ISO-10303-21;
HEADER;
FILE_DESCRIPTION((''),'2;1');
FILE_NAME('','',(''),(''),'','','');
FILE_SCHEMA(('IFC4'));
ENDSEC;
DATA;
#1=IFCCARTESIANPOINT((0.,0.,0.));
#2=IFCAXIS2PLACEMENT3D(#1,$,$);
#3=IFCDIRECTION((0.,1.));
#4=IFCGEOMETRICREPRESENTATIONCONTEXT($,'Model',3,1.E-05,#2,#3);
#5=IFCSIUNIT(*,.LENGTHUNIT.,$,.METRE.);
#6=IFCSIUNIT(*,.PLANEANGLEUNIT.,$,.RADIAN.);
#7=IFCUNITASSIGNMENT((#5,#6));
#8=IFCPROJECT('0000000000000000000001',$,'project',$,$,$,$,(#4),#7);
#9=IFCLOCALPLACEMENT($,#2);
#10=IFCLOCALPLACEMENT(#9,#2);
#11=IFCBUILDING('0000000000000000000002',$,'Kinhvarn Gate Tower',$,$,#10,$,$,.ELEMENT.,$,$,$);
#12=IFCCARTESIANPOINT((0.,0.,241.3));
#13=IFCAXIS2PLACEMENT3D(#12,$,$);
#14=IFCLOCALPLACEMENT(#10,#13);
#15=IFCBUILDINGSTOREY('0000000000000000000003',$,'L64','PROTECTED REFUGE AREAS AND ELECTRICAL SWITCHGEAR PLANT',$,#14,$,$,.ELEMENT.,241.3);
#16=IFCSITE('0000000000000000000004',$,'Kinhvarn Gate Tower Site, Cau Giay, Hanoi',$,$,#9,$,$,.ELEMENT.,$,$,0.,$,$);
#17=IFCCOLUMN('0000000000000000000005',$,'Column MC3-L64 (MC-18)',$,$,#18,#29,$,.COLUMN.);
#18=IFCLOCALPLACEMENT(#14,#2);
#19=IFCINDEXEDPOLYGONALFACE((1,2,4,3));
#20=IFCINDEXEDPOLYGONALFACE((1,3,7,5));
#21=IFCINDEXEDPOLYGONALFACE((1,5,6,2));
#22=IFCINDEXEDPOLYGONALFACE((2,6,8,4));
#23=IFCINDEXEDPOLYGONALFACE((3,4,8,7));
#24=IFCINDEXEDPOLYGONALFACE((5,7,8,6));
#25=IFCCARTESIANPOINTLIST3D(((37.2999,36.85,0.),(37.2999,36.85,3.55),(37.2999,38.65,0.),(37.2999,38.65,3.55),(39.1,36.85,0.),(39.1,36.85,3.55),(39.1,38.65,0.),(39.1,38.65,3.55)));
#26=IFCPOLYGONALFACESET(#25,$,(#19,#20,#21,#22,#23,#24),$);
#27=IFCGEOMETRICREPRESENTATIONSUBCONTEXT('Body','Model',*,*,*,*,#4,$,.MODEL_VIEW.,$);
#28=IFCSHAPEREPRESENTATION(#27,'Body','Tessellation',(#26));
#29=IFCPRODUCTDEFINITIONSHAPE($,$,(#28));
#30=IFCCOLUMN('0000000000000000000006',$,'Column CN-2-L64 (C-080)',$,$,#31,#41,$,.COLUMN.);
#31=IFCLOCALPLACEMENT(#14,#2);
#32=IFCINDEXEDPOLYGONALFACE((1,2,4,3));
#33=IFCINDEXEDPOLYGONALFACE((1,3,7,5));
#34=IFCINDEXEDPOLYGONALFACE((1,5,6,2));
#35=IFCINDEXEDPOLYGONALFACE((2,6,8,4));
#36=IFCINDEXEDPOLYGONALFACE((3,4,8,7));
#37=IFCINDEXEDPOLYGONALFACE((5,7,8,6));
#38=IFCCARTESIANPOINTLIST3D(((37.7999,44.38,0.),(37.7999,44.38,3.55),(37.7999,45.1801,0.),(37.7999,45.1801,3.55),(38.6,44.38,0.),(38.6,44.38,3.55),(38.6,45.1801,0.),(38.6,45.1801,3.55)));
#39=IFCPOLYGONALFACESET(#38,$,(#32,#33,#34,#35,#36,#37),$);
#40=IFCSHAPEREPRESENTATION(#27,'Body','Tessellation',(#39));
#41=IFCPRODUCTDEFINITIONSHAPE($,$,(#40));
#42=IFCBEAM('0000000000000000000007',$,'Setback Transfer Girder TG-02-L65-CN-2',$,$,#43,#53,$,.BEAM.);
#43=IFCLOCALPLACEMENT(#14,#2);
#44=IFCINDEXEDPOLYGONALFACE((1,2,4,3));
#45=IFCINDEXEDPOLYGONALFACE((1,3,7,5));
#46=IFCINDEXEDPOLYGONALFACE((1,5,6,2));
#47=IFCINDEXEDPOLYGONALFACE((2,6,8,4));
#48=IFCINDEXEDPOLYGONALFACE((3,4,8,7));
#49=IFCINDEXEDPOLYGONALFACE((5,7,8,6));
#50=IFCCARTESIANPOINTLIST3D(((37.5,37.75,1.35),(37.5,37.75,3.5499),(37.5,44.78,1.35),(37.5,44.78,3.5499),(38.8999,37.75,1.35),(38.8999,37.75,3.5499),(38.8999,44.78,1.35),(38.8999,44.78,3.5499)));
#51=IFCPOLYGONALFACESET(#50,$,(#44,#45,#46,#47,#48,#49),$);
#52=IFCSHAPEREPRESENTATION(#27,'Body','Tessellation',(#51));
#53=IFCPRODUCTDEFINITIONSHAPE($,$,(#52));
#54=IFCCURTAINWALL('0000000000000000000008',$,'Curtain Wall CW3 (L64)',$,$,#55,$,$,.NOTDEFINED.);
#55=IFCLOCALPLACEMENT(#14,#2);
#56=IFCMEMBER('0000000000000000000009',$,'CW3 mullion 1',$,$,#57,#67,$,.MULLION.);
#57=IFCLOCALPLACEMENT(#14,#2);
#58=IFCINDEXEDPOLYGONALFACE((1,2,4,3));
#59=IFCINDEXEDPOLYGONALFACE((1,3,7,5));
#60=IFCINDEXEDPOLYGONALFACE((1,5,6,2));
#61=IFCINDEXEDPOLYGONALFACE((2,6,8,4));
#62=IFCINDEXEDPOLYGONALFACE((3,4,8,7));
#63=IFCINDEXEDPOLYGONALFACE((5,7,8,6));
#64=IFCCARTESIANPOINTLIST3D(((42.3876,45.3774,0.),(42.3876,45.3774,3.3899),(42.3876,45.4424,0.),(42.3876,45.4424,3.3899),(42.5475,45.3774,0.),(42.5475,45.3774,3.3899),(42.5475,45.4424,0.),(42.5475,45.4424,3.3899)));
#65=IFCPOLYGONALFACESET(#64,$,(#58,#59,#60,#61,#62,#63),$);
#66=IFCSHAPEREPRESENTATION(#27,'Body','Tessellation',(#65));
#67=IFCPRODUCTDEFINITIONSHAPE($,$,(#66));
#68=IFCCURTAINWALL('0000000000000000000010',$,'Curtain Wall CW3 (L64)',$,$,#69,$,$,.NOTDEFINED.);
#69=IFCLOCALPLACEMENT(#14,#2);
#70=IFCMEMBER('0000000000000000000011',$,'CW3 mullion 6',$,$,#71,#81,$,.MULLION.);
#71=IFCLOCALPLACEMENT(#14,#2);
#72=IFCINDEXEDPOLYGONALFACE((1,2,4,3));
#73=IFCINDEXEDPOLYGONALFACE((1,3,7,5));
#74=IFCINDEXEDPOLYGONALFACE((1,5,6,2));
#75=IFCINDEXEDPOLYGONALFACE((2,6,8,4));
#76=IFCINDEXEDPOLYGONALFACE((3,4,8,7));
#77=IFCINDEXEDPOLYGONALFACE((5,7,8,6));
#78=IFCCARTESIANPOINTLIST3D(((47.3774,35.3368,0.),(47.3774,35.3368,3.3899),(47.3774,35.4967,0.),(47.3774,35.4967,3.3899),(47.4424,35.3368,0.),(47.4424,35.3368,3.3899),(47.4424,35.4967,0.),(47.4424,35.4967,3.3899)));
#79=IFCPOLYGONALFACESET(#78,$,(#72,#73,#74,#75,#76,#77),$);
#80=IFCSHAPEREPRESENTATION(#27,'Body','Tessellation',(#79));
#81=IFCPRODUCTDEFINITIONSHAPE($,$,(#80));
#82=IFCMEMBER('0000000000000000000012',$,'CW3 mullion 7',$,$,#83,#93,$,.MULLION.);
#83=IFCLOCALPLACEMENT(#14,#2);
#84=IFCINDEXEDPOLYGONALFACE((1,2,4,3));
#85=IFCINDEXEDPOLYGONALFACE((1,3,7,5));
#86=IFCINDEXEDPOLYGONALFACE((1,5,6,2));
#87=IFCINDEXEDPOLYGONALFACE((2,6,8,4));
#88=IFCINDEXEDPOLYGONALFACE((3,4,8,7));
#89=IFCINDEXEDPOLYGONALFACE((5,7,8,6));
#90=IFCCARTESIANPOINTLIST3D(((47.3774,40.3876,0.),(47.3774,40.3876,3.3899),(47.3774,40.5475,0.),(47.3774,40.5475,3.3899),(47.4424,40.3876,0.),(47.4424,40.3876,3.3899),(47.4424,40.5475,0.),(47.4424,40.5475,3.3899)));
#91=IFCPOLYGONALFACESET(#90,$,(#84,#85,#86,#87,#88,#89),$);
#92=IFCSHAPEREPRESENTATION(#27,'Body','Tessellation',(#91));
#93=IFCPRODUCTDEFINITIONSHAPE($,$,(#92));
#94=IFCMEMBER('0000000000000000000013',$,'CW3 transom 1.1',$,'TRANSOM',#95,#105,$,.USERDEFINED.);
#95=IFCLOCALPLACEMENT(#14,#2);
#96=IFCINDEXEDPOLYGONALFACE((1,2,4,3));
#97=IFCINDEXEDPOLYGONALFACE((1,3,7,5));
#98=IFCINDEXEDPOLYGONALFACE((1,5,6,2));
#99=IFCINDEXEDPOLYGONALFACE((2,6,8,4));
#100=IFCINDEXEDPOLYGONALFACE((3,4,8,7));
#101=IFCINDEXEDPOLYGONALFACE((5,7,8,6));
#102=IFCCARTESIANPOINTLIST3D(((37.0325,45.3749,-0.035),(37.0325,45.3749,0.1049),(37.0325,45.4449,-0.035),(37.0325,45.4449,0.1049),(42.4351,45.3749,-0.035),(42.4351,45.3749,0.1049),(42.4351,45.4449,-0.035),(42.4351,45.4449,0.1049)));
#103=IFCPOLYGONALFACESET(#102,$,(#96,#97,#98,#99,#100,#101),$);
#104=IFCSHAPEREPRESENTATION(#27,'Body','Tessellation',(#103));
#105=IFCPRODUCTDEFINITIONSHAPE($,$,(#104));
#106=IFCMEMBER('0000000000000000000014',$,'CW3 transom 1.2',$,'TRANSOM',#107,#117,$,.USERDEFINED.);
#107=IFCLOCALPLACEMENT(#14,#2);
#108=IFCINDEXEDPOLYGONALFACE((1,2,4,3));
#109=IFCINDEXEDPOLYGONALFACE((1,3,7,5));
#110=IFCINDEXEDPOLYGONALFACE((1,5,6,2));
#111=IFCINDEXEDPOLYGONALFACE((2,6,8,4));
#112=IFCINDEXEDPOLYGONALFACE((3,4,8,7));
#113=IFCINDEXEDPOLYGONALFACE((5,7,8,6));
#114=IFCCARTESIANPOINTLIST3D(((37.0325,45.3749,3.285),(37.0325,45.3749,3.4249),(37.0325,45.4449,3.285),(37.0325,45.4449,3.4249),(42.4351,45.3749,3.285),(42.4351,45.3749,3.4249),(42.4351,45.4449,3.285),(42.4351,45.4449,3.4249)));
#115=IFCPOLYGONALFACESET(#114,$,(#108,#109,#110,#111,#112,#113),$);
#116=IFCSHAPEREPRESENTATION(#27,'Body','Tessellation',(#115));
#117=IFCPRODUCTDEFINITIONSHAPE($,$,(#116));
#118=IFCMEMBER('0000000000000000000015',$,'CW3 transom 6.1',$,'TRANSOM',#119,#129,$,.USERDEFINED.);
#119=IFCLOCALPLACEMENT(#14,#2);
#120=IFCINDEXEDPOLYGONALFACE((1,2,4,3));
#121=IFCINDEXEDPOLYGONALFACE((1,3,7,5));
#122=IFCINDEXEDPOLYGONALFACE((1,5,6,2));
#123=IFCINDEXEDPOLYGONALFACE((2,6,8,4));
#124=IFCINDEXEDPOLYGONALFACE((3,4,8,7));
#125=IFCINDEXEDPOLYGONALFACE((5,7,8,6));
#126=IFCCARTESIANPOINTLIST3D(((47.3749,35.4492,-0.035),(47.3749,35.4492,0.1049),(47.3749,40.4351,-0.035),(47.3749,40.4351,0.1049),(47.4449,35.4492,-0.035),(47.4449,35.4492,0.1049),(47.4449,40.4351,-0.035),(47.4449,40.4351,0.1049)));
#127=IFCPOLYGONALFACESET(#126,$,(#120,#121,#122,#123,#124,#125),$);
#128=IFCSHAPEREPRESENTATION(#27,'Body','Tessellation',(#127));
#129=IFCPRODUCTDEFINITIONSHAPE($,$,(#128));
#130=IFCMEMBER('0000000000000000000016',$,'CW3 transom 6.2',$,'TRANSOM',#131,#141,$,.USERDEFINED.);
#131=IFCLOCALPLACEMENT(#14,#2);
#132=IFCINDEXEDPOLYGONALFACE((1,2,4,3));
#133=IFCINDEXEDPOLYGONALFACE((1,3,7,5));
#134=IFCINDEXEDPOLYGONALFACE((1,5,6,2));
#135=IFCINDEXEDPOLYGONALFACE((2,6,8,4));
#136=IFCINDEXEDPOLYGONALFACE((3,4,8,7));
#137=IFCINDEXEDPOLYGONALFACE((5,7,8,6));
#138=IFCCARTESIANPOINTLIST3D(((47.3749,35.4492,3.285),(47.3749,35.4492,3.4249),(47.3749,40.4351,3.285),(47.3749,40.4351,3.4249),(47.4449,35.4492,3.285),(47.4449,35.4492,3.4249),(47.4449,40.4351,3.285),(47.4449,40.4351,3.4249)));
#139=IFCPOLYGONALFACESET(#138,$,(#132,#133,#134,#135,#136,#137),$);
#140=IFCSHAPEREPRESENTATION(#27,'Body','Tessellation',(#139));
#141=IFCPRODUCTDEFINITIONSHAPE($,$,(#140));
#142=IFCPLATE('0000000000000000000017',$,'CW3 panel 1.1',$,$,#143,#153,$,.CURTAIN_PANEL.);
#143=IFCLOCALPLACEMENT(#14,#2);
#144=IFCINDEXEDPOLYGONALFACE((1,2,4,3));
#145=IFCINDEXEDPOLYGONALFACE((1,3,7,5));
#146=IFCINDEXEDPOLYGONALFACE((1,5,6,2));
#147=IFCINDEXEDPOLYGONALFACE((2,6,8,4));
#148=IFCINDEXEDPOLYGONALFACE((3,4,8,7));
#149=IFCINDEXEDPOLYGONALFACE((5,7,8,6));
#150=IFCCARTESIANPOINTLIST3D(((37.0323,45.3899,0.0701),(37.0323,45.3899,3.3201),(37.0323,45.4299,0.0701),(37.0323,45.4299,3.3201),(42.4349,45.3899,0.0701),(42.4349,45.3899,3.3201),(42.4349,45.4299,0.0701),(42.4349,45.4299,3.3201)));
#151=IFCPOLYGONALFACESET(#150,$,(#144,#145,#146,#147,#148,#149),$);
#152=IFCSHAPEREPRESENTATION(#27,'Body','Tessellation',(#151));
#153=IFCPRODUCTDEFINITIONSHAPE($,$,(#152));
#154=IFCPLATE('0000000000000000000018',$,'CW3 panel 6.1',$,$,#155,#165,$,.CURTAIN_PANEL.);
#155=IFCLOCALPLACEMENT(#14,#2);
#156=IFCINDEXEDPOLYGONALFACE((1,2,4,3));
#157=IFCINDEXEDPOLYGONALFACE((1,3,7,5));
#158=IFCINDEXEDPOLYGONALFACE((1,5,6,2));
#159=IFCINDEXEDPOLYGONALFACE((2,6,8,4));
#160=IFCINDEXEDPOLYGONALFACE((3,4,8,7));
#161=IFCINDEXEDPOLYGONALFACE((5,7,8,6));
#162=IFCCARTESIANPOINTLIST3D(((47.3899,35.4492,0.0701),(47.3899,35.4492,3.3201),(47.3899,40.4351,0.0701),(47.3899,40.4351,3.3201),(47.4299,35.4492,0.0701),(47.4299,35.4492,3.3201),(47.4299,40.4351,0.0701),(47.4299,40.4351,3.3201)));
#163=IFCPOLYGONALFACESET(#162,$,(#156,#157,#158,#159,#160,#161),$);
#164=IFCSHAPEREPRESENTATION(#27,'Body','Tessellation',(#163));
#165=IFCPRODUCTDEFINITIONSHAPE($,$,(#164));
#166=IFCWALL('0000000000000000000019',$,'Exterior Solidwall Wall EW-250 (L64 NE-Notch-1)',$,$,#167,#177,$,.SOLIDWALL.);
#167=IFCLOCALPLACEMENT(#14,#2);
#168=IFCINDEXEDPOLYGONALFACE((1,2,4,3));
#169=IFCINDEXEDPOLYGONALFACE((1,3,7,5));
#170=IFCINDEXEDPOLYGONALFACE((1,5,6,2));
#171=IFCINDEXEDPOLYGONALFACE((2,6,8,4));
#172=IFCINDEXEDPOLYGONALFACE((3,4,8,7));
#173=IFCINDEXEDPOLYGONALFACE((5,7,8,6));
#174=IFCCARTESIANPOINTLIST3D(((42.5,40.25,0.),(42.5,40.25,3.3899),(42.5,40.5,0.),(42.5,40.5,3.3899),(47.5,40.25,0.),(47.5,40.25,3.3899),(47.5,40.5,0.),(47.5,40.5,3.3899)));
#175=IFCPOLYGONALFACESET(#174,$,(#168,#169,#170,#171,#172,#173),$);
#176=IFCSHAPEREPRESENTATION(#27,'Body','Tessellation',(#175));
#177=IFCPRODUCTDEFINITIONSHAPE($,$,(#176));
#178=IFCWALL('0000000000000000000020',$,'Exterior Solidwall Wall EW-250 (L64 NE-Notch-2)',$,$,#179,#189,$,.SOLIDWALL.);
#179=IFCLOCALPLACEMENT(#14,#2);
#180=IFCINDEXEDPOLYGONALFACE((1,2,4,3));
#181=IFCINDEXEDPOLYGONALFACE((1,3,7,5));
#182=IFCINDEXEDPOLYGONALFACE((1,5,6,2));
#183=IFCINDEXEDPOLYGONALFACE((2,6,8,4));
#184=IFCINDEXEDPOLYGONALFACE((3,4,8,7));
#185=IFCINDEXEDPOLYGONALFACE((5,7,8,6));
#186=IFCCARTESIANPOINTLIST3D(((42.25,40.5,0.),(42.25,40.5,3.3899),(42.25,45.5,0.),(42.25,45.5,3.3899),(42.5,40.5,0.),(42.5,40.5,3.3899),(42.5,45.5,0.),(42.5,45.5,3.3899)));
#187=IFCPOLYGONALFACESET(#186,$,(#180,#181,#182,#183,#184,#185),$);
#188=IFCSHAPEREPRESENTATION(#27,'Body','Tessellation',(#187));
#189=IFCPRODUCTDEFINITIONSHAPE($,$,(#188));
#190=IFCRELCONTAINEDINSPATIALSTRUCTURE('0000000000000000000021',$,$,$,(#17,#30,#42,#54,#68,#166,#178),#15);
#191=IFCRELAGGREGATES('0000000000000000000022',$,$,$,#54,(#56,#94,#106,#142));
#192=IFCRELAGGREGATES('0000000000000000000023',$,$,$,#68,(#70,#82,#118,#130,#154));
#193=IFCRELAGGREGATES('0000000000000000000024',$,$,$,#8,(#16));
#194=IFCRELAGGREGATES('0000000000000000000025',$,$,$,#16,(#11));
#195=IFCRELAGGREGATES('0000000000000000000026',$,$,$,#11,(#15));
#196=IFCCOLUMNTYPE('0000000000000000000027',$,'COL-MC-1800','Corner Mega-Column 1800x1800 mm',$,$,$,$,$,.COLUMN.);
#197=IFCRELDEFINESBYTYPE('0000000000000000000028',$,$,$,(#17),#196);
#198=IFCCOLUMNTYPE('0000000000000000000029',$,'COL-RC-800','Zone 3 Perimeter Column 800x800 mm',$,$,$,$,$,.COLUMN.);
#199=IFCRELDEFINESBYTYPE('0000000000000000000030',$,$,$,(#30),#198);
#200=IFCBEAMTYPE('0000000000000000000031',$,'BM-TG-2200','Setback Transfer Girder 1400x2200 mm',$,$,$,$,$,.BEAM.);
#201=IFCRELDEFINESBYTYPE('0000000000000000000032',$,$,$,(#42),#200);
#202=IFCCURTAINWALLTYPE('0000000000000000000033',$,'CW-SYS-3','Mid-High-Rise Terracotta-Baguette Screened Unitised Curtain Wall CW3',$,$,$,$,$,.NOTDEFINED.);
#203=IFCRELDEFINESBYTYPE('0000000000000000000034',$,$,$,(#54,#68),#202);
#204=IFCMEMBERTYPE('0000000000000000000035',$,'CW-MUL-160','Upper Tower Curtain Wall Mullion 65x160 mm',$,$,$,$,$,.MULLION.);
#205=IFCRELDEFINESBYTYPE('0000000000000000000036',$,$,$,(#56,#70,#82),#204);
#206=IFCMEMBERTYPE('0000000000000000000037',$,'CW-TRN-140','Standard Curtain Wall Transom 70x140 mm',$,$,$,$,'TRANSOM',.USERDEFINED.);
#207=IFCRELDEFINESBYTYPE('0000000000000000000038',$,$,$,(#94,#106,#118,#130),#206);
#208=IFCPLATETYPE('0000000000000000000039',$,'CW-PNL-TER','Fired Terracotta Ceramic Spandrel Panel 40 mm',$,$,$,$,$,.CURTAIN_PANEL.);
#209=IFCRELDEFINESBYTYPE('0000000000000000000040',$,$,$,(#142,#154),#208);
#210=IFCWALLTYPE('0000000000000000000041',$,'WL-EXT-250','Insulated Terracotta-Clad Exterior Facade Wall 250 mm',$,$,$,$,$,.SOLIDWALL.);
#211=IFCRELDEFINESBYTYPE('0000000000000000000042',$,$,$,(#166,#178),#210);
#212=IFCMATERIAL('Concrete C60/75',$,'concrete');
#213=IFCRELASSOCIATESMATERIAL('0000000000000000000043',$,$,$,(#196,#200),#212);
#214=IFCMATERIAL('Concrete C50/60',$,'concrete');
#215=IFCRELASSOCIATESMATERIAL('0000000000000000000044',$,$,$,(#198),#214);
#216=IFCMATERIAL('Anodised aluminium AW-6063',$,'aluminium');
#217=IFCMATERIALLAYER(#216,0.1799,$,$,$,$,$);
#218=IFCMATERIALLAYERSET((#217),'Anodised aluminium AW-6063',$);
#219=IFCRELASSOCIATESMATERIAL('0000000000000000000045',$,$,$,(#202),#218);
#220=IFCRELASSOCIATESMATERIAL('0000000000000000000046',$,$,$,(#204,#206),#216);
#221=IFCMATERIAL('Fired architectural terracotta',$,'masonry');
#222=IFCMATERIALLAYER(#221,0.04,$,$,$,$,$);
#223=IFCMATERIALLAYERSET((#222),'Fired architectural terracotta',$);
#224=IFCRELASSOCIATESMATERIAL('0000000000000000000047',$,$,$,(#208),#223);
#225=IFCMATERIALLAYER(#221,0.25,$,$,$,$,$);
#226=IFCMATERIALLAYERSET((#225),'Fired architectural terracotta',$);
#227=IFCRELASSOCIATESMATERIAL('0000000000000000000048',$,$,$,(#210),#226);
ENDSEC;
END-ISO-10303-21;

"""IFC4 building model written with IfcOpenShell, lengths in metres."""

from ifc_helpers import new_model, si_unit, direction, frame, frame_2d, origin, origin_2d, place, context, subcontext, project, spatial, rectangle, extrude, material, layer, layer_set, material_profile, profile_set, type_object, element, aggregate, save


model = new_model("IFC4")

# Units and contexts
model_context = context("Model", 3, precision=1e-05, world=origin(), true_north=direction((0.0, 1.0)))
body_context = subcontext(model_context, "Body", "Model", "MODEL_VIEW")
ifc_project = project(units=[si_unit("LENGTHUNIT", "METRE"), si_unit("PLANEANGLEUNIT", "RADIAN")], contexts=[model_context])

# Site, building, storey
site_placement = place(None, origin())
site = spatial("IfcSite", under=ifc_project, at=site_placement, Name="Kinhvarn Gate Tower Site, Cau Giay, Hanoi", CompositionType="ELEMENT", RefElevation=0.0)
building_placement = place(site_placement, origin())
building = spatial("IfcBuilding", under=site, at=building_placement, Name="Kinhvarn Gate Tower", CompositionType="ELEMENT")
storey_placement = place(building_placement, frame((0.0, 0.0, 241.3)))
storey = spatial("IfcBuildingStorey", under=building, at=storey_placement, Name="L64", Description="PROTECTED REFUGE AREAS AND ELECTRICAL SWITCHGEAR PLANT", CompositionType="ELEMENT", Elevation=241.3)

# Columns
ifc_material_1 = material(Name="Concrete C60/75", Category="concrete")
ifc_material_profile_1 = material_profile(ifc_material_1, rectangle(XDim=1.8, YDim=1.8, at=origin_2d()), Name="RC 1800x1800")
ifc_profile_set_1 = profile_set([ifc_material_profile_1], Name="Concrete C60/75")
column_type_1 = type_object("IfcColumnType", Name="COL-MC-1800", Description="Corner Mega-Column 1800x1800 mm", PredefinedType="COLUMN", material=ifc_profile_set_1)
column_1_placement = place(storey_placement, frame((38.2, 37.75, 0.0), z_axis=(0.0, 0.0, 1.0), x_axis=(1.0, 0.0, 0.0)))
element("IfcColumn", 1, at=column_1_placement, inside=storey, type_object=column_type_1, Name="Column MC3-L64 (MC-18)", PredefinedType="COLUMN", context=body_context, shape_type="SweptSolid", body=[
    extrude(rectangle(XDim=1.8, YDim=1.8, at=origin_2d()), origin(), (0.0, 0.0, 1.0), 3.55),
])
ifc_material_2 = material(Name="Concrete C50/60", Category="concrete")
ifc_material_profile_2 = material_profile(ifc_material_2, rectangle(XDim=0.8, YDim=0.8, at=origin_2d()), Name="RC 800x800")
ifc_profile_set_2 = profile_set([ifc_material_profile_2], Name="Concrete C50/60")
column_type_2 = type_object("IfcColumnType", Name="COL-RC-800", Description="Zone 3 Perimeter Column 800x800 mm", PredefinedType="COLUMN", material=ifc_profile_set_2)
column_2_placement = place(storey_placement, frame((38.2, 44.78, 0.0), z_axis=(0.0, 0.0, 1.0), x_axis=(1.0, 0.0, 0.0)))
element("IfcColumn", 2, at=column_2_placement, inside=storey, type_object=column_type_2, Name="Column CN-2-L64 (C-080)", PredefinedType="COLUMN", context=body_context, shape_type="SweptSolid", body=[
    extrude(rectangle(XDim=0.8, YDim=0.8, at=origin_2d()), origin(), (0.0, 0.0, 1.0), 3.55),
])

# Beam
ifc_material_profile_3 = material_profile(ifc_material_1, rectangle(XDim=1.3999, YDim=2.2, at=origin_2d()), Name="RC 1400x2200")
ifc_profile_set_3 = profile_set([ifc_material_profile_3], Name="Concrete C60/75")
beam_type = type_object("IfcBeamType", Name="BM-TG-2200", Description="Setback Transfer Girder 1400x2200 mm", PredefinedType="BEAM", material=ifc_profile_set_3)
beam_placement = place(storey_placement, frame((38.2, 37.75, 2.45), z_axis=(0.0, 1.0, 0.0), x_axis=(-1.0, 0.0, 0.0)))
element("IfcBeam", 3, at=beam_placement, inside=storey, type_object=beam_type, Name="Setback Transfer Girder TG-02-L65-CN-2", PredefinedType="BEAM", context=body_context, shape_type="SweptSolid", body=[
    extrude(rectangle(XDim=1.3999, YDim=2.2, at=origin_2d()), origin(), (0.0, 0.0, 1.0), 7.03),
])

# Curtain wall, member
ifc_material_3 = material(Name="Anodised aluminium AW-6063", Category="aluminium")
ifc_layer_1 = layer(ifc_material_3, 0.1799)
ifc_layer_set_1 = layer_set([ifc_layer_1], Name="Anodised aluminium AW-6063")
curtain_wall_type = type_object("IfcCurtainWallType", Name="CW-SYS-3", Description="Mid-High-Rise Terracotta-Baguette Screened Unitised Curtain Wall CW3", PredefinedType="NOTDEFINED", material=ifc_layer_set_1)
curtain_wall_1_placement = place(storey_placement, origin())
curtain_wall_1 = element("IfcCurtainWall", 4, at=curtain_wall_1_placement, inside=storey, type_object=curtain_wall_type, Name="Curtain Wall CW3 (L64)", PredefinedType="NOTDEFINED")
ifc_material_profile_4 = material_profile(ifc_material_3, rectangle(XDim=0.0649, YDim=0.1599, at=origin_2d()), Name="ALU 65x160")
ifc_profile_set_4 = profile_set([ifc_material_profile_4], Name="Anodised aluminium AW-6063")
member_type_1 = type_object("IfcMemberType", Name="CW-MUL-160", Description="Upper Tower Curtain Wall Mullion 65x160 mm", PredefinedType="MULLION", material=ifc_profile_set_4)
member_1_placement = place(storey_placement, frame((42.4675, 45.4099, 0.0), z_axis=(0.0, 0.0, 1.0), x_axis=(0.0, -1.0, 0.0)))
member_1 = element("IfcMember", 5, at=member_1_placement, type_object=member_type_1, Name="CW3 mullion 1", PredefinedType="MULLION", context=body_context, shape_type="SweptSolid", body=[
    extrude(rectangle(XDim=0.0649, YDim=0.1599, at=origin_2d()), origin(), (0.0, 0.0, 1.0), 3.3899),
])

# Curtain wall, members
curtain_wall_2_placement = place(storey_placement, origin())
curtain_wall_2 = element("IfcCurtainWall", 6, at=curtain_wall_2_placement, inside=storey, type_object=curtain_wall_type, Name="Curtain Wall CW3 (L64)", PredefinedType="NOTDEFINED")
member_2_placement = place(storey_placement, frame((47.4099, 35.4167, 0.0), z_axis=(0.0, 0.0, 1.0), x_axis=(-1.0, 0.0, 0.0)))
member_2 = element("IfcMember", 7, at=member_2_placement, type_object=member_type_1, Name="CW3 mullion 6", PredefinedType="MULLION", context=body_context, shape_type="SweptSolid", body=[
    extrude(rectangle(XDim=0.0649, YDim=0.1599, at=origin_2d()), origin(), (0.0, 0.0, 1.0), 3.3899),
])
member_3_placement = place(storey_placement, frame((47.4099, 40.4675, 0.0), z_axis=(0.0, 0.0, 1.0), x_axis=(-1.0, 0.0, 0.0)))
member_3 = element("IfcMember", 8, at=member_3_placement, type_object=member_type_1, Name="CW3 mullion 7", PredefinedType="MULLION", context=body_context, shape_type="SweptSolid", body=[
    extrude(rectangle(XDim=0.0649, YDim=0.1599, at=origin_2d()), origin(), (0.0, 0.0, 1.0), 3.3899),
])

# Members
ifc_material_profile_5 = material_profile(ifc_material_3, rectangle(XDim=0.0701, YDim=0.1399, at=origin_2d()), Name="ALU 70x140")
ifc_profile_set_5 = profile_set([ifc_material_profile_5], Name="Anodised aluminium AW-6063")
member_type_2 = type_object("IfcMemberType", Name="CW-TRN-140", Description="Standard Curtain Wall Transom 70x140 mm", ElementType="TRANSOM", PredefinedType="USERDEFINED", material=ifc_profile_set_5)
member_4_placement = place(storey_placement, frame((42.4351, 45.4099, 0.0349), z_axis=(-1.0, 0.0, 0.0), x_axis=(0.0, -1.0, 0.0)))
member_4 = element("IfcMember", 9, at=member_4_placement, type_object=member_type_2, Name="CW3 transom 1.1", ObjectType="TRANSOM", PredefinedType="USERDEFINED", context=body_context, shape_type="SweptSolid", body=[
    extrude(rectangle(XDim=0.0701, YDim=0.1399, at=origin_2d()), origin(), (0.0, 0.0, 1.0), 5.4026),
])
member_5_placement = place(storey_placement, frame((42.4351, 45.4099, 3.355), z_axis=(-1.0, 0.0, 0.0), x_axis=(0.0, -1.0, 0.0)))
member_5 = element("IfcMember", 10, at=member_5_placement, type_object=member_type_2, Name="CW3 transom 1.2", ObjectType="TRANSOM", PredefinedType="USERDEFINED", context=body_context, shape_type="SweptSolid", body=[
    extrude(rectangle(XDim=0.0701, YDim=0.1399, at=origin_2d()), origin(), (0.0, 0.0, 1.0), 5.4026),
])
member_6_placement = place(storey_placement, frame((47.4099, 35.4492, 0.0349), z_axis=(0.0, 1.0, 0.0), x_axis=(-1.0, 0.0, 0.0)))
member_6 = element("IfcMember", 11, at=member_6_placement, type_object=member_type_2, Name="CW3 transom 6.1", ObjectType="TRANSOM", PredefinedType="USERDEFINED", context=body_context, shape_type="SweptSolid", body=[
    extrude(rectangle(XDim=0.0701, YDim=0.1399, at=origin_2d()), origin(), (0.0, 0.0, 1.0), 4.9858),
])
member_7_placement = place(storey_placement, frame((47.4099, 35.4492, 3.355), z_axis=(0.0, 1.0, 0.0), x_axis=(-1.0, 0.0, 0.0)))
member_7 = element("IfcMember", 12, at=member_7_placement, type_object=member_type_2, Name="CW3 transom 6.2", ObjectType="TRANSOM", PredefinedType="USERDEFINED", context=body_context, shape_type="SweptSolid", body=[
    extrude(rectangle(XDim=0.0701, YDim=0.1399, at=origin_2d()), origin(), (0.0, 0.0, 1.0), 4.9858),
])

# Plates
ifc_material_4 = material(Name="Fired architectural terracotta", Category="masonry")
ifc_layer_2 = layer(ifc_material_4, 0.04)
ifc_layer_set_2 = layer_set([ifc_layer_2], Name="Fired architectural terracotta")
plate_type = type_object("IfcPlateType", Name="CW-PNL-TER", Description="Fired Terracotta Ceramic Spandrel Panel 40 mm", PredefinedType="CURTAIN_PANEL", material=ifc_layer_set_2)
plate_1_placement = place(storey_placement, frame((39.7336, 45.4099, 0.0701), z_axis=(0.0, 0.0, 1.0), x_axis=(-1.0, 0.0, 0.0)))
plate_1 = element("IfcPlate", 13, at=plate_1_placement, type_object=plate_type, Name="CW3 panel 1.1", PredefinedType="CURTAIN_PANEL", context=body_context, shape_type="SweptSolid", body=[
    extrude(rectangle(XDim=5.4026, YDim=0.04, at=origin_2d()), origin(), (0.0, 0.0, 1.0), 3.25),
])
aggregate(curtain_wall_1, [member_1, member_4, member_5, plate_1])
plate_2_placement = place(storey_placement, frame((47.4099, 37.9421, 0.0701), z_axis=(0.0, 0.0, 1.0), x_axis=(0.0, 1.0, 0.0)))
plate_2 = element("IfcPlate", 14, at=plate_2_placement, type_object=plate_type, Name="CW3 panel 6.1", PredefinedType="CURTAIN_PANEL", context=body_context, shape_type="SweptSolid", body=[
    extrude(rectangle(XDim=4.9858, YDim=0.04, at=origin_2d()), origin(), (0.0, 0.0, 1.0), 3.25),
])
aggregate(curtain_wall_2, [member_2, member_3, member_6, member_7, plate_2])

# Walls
ifc_layer_3 = layer(ifc_material_4, 0.25)
ifc_layer_set_3 = layer_set([ifc_layer_3], Name="Fired architectural terracotta")
wall_type = type_object("IfcWallType", Name="WL-EXT-250", Description="Insulated Terracotta-Clad Exterior Facade Wall 250 mm", PredefinedType="SOLIDWALL", material=ifc_layer_set_3)
for number, where, z_axis, x_axis, name in (
    (15, (47.5, 40.375, 0.0), (0.0, 0.0, 1.0), (-1.0, 0.0, 0.0), "Exterior Solidwall Wall EW-250 (L64 NE-Notch-1)"),
    (16, (42.375, 40.5, 0.0), (0.0, 0.0, 1.0), (0.0, 1.0, 0.0), "Exterior Solidwall Wall EW-250 (L64 NE-Notch-2)"),
):
    element("IfcWall", number, at=place(storey_placement, frame(where, z_axis=z_axis, x_axis=x_axis)), inside=storey, type_object=wall_type, Name=name, PredefinedType="SOLIDWALL", context=body_context, shape_type="SweptSolid", body=[
        extrude(rectangle(XDim=5.0, YDim=0.25, at=frame_2d((2.5, 0.0))), origin(), (0.0, 0.0, 1.0), 3.3899),
    ])

save(model, "model.ifc")
